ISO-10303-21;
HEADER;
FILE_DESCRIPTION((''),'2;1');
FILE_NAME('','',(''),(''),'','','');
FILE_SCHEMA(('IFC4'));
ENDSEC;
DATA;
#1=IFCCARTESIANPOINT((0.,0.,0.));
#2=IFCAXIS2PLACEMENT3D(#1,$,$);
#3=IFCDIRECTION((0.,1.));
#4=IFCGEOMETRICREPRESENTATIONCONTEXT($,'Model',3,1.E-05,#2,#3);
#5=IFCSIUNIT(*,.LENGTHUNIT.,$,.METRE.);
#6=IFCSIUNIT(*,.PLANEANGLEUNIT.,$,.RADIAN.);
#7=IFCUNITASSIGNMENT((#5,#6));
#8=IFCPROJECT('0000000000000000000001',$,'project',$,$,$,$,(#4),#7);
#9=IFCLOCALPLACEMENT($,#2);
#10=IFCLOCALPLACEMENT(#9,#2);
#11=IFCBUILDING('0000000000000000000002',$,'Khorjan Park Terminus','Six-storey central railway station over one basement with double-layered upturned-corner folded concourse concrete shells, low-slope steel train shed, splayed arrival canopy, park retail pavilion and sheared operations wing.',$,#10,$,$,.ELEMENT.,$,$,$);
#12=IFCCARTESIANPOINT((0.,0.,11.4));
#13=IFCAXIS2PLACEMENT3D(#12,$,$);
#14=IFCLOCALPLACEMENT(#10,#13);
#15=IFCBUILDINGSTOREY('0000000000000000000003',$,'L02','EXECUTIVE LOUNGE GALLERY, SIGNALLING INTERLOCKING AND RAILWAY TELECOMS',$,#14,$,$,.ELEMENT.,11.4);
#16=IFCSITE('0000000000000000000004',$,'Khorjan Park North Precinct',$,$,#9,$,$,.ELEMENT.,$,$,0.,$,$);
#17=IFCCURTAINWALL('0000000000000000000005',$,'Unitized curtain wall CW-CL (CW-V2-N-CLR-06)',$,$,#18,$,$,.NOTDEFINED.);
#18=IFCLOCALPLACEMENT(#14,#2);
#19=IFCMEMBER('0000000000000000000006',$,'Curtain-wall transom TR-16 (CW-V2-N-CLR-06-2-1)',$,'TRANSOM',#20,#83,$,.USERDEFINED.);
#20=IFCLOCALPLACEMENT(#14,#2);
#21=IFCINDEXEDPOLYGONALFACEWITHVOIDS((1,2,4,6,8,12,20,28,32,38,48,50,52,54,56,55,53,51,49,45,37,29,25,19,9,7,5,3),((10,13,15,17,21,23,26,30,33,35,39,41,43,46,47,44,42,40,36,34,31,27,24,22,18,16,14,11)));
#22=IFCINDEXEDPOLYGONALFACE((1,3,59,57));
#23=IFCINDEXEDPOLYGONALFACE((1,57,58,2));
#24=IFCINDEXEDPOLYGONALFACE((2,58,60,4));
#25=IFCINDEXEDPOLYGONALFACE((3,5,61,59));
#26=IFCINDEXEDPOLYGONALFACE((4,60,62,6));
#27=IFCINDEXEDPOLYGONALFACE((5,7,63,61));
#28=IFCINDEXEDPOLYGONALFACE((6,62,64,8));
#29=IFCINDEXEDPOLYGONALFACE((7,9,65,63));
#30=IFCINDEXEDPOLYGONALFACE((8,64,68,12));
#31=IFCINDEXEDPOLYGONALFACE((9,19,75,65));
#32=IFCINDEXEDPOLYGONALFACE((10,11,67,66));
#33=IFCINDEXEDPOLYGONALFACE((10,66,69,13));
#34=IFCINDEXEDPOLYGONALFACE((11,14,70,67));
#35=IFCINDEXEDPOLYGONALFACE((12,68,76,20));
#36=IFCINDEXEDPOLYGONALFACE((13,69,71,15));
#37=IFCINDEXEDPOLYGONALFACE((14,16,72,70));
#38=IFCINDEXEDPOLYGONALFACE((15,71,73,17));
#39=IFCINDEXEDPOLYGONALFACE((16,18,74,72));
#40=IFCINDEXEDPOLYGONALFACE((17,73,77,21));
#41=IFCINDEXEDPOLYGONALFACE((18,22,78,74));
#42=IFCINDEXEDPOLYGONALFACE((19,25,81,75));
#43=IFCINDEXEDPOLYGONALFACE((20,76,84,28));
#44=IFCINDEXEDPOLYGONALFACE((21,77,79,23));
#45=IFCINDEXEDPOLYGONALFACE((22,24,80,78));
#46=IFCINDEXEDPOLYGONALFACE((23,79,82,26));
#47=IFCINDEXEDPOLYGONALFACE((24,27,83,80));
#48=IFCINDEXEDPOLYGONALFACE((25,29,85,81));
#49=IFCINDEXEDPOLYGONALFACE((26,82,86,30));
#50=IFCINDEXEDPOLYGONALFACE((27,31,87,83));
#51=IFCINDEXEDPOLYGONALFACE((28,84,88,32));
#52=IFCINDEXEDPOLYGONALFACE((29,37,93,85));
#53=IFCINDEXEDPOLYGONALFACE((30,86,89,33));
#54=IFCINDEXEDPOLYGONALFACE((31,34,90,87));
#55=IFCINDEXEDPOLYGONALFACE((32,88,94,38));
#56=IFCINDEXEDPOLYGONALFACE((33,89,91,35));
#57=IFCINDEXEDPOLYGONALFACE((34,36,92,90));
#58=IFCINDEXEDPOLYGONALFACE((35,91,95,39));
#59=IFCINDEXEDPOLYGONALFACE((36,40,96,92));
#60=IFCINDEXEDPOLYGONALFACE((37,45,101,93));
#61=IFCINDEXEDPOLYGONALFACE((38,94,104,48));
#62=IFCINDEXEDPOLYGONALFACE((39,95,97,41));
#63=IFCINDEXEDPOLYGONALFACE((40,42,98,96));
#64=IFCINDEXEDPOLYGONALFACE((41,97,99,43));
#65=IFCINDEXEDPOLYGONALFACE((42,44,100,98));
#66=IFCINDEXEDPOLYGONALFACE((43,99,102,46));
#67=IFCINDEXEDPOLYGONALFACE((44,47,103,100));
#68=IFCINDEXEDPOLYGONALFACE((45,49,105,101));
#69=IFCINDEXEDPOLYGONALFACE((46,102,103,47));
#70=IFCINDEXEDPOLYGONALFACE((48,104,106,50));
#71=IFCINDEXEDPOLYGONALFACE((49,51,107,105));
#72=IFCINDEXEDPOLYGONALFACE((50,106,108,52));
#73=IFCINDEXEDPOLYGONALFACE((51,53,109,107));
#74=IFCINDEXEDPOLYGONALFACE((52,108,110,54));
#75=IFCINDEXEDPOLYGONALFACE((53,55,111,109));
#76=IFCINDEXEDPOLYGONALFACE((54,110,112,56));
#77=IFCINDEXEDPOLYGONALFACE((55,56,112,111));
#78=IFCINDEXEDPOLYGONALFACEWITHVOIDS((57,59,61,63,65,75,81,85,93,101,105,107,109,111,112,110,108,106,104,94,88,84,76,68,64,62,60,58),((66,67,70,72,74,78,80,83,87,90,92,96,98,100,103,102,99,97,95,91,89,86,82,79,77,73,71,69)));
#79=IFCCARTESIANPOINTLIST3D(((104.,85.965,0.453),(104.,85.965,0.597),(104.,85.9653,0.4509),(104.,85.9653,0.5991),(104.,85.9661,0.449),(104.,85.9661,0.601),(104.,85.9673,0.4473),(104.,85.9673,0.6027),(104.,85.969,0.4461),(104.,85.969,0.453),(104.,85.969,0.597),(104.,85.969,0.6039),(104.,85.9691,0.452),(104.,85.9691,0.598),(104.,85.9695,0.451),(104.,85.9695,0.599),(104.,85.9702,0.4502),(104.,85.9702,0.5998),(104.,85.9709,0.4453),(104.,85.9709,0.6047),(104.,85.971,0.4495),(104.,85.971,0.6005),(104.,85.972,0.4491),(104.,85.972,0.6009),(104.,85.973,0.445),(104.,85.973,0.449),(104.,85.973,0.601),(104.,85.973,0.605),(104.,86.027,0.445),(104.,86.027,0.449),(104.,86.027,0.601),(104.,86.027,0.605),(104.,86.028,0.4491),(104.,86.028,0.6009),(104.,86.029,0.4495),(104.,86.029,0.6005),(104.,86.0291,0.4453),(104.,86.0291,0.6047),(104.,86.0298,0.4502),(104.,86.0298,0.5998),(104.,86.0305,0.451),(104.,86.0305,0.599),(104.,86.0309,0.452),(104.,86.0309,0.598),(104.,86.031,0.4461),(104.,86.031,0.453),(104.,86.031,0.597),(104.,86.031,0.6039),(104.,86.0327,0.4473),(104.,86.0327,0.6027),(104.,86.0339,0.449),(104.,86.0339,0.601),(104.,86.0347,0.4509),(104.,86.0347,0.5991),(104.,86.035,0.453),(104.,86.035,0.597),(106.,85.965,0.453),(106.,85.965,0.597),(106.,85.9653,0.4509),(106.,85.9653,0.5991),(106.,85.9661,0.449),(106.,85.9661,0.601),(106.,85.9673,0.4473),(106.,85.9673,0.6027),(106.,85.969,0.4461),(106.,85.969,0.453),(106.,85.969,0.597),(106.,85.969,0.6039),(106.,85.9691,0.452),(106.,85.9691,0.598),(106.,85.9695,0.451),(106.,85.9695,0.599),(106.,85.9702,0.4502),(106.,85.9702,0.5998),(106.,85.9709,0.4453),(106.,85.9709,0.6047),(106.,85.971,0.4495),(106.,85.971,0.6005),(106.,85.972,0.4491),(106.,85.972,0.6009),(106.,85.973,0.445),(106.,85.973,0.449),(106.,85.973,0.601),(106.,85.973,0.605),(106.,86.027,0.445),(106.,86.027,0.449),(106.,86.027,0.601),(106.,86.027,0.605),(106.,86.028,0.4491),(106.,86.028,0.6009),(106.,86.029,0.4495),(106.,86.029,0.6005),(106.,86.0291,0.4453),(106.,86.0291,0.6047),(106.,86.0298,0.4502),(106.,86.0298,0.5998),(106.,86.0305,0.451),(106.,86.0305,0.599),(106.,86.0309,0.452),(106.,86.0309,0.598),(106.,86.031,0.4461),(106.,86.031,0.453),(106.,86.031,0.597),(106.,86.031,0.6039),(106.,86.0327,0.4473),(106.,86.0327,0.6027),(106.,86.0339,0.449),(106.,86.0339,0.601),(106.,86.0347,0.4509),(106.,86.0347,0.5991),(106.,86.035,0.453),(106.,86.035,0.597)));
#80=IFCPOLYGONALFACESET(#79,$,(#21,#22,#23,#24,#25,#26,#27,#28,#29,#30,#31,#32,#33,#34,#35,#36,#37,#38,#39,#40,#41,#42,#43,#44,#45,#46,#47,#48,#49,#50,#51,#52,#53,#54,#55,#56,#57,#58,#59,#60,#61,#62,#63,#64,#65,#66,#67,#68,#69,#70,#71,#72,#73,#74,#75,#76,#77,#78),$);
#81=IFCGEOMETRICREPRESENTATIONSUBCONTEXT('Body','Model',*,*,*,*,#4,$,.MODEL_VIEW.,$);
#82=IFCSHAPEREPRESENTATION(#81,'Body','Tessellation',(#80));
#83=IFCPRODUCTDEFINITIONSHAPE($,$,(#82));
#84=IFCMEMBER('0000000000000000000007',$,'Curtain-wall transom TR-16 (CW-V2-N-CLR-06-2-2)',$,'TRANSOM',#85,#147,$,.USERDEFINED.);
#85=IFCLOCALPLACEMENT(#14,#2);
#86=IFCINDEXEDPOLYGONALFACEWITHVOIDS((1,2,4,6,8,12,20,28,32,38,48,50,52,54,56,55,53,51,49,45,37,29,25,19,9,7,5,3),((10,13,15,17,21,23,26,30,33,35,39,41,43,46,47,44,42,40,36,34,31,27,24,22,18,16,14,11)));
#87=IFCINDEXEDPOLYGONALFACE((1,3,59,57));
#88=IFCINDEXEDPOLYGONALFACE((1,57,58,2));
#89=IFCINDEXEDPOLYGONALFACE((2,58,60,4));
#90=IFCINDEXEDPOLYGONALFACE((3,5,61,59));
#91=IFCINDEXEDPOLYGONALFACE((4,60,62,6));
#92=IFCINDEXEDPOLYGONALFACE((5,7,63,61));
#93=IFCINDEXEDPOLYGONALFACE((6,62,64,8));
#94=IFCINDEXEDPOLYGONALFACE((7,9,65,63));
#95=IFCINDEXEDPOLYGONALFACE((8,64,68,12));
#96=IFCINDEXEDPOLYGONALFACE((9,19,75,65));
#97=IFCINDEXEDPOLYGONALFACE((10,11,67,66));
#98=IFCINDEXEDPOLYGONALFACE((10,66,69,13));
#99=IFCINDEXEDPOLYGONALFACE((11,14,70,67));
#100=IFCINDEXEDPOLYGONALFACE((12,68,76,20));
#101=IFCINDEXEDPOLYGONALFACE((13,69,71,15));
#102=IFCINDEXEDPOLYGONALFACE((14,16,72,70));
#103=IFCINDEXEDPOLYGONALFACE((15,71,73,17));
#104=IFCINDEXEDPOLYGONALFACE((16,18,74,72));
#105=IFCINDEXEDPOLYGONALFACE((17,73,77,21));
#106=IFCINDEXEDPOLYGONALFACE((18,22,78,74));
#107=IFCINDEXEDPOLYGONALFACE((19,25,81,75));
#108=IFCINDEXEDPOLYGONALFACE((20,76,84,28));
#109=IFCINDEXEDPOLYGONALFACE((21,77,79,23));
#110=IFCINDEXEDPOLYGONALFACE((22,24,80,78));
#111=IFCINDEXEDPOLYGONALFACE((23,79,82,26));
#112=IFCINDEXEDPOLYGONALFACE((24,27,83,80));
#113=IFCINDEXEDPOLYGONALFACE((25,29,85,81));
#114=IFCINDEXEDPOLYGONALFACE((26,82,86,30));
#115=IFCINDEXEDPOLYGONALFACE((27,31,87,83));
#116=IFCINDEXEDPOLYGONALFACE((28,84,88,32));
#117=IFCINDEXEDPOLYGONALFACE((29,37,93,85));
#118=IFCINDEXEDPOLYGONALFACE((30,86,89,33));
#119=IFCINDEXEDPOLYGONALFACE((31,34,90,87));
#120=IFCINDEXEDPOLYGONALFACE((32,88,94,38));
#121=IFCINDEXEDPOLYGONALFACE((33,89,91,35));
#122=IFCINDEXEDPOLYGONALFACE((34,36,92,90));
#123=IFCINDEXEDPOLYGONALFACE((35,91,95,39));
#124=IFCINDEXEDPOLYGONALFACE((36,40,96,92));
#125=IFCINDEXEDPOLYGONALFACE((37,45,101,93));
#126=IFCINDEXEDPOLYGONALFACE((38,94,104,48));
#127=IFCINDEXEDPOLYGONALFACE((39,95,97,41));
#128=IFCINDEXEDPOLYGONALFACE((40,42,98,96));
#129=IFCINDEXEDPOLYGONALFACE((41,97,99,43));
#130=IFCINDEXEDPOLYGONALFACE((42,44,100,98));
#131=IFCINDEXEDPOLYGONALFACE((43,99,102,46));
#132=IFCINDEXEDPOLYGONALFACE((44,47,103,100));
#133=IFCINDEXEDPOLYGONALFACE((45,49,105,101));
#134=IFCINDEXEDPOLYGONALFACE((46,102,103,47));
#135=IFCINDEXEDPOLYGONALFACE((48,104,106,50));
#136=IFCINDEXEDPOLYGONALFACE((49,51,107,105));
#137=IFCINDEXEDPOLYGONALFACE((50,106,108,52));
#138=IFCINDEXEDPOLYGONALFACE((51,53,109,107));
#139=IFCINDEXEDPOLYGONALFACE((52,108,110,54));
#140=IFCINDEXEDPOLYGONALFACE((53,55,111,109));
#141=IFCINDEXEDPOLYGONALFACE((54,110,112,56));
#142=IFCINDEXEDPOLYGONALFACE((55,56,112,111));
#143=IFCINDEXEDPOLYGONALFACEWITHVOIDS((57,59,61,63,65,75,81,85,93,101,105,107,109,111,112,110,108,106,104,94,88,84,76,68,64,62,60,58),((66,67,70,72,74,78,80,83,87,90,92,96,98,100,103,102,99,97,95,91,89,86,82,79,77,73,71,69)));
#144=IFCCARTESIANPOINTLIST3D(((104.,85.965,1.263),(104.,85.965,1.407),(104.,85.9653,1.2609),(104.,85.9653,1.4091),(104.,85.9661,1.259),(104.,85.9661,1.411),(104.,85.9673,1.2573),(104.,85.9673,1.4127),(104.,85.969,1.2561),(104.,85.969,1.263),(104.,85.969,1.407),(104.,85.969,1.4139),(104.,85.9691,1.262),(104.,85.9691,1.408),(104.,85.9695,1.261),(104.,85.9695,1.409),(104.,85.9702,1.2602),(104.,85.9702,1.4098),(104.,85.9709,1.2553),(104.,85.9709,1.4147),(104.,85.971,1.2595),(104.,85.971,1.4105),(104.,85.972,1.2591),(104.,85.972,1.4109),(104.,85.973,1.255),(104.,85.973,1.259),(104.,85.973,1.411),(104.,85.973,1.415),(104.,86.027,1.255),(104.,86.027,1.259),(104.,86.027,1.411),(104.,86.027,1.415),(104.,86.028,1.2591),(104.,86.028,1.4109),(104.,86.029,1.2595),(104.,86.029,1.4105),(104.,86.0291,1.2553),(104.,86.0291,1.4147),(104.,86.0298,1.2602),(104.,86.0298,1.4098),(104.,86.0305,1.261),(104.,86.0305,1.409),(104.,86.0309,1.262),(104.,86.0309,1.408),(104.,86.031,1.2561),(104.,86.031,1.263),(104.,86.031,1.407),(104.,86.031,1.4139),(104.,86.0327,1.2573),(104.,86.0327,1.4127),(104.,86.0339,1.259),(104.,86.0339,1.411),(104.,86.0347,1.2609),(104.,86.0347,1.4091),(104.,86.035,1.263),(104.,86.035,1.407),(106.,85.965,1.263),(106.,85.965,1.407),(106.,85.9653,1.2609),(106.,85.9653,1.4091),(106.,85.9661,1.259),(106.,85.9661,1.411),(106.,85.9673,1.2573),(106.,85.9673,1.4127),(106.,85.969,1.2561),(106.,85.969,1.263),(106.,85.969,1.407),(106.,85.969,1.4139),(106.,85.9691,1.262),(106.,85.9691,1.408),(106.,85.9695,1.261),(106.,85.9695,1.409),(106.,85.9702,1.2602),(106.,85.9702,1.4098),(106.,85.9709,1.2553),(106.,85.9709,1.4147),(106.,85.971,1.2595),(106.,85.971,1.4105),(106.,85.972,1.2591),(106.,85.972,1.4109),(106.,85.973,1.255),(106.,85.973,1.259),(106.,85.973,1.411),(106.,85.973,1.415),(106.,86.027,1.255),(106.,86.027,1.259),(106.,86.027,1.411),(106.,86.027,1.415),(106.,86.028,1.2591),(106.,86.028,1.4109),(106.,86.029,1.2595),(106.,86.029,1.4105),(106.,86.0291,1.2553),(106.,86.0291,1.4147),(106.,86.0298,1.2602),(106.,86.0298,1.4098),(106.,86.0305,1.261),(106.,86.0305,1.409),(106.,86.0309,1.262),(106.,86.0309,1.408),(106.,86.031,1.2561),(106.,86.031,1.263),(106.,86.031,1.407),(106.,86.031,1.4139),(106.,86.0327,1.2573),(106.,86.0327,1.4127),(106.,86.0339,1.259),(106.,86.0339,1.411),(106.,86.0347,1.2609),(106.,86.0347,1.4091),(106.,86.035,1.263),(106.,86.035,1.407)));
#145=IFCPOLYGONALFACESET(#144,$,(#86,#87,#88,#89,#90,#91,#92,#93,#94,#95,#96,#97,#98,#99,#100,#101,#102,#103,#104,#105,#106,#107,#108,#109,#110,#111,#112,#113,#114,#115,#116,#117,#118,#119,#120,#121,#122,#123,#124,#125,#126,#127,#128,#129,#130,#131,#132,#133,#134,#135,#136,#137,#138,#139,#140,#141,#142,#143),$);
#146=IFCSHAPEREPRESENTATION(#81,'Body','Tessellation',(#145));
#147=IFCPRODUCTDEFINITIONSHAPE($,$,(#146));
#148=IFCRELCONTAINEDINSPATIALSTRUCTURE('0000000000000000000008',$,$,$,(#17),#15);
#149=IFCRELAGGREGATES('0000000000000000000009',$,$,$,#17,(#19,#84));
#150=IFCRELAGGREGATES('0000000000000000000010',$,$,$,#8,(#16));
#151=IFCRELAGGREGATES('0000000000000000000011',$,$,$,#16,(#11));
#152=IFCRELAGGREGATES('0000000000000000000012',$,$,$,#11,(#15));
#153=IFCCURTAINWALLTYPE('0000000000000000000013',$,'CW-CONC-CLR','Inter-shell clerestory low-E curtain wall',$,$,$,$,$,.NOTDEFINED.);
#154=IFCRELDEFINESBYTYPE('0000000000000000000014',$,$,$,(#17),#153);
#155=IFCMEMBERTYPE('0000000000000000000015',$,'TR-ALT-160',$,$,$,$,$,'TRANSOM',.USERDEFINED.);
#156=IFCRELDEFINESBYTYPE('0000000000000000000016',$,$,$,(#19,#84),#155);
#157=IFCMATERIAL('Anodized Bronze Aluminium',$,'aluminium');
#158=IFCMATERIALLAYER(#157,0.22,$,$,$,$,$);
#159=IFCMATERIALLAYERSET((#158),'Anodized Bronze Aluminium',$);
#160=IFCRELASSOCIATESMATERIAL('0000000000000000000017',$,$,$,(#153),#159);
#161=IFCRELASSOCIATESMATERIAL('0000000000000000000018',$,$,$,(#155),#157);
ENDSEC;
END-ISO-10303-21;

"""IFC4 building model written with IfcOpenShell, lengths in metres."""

from ifc_helpers import new_model, si_unit, direction, frame, origin, origin_2d, place, context, subcontext, project, spatial, hollow_rectangle, extrude, material, layer, layer_set, material_profile, profile_set, type_object, element, aggregate, save


model = new_model("IFC4")

# Units and contexts
model_context = context("Model", 3, precision=1e-05, world=origin(), true_north=direction((0.0, 1.0)))
body_context = subcontext(model_context, "Body", "Model", "MODEL_VIEW")
ifc_project = project(units=[si_unit("LENGTHUNIT", "METRE"), si_unit("PLANEANGLEUNIT", "RADIAN")], contexts=[model_context])

# Site, building, storey
site_placement = place(None, origin())
site = spatial("IfcSite", under=ifc_project, at=site_placement, Name="Khorjan Park North Precinct", CompositionType="ELEMENT", RefElevation=0.0)
building_placement = place(site_placement, origin())
building = spatial("IfcBuilding", under=site, at=building_placement, Name="Khorjan Park Terminus", Description="Six-storey central railway station over one basement with double-layered upturned-corner folded concourse concrete shells, low-slope steel train shed, splayed arrival canopy, park retail pavilion and sheared operations wing.", CompositionType="ELEMENT")
storey_placement = place(building_placement, frame((0.0, 0.0, 11.4)))
storey = spatial("IfcBuildingStorey", under=building, at=storey_placement, Name="L02", Description="EXECUTIVE LOUNGE GALLERY, SIGNALLING INTERLOCKING AND RAILWAY TELECOMS", CompositionType="ELEMENT", Elevation=11.4)

# Curtain wall, members
ifc_material_1 = material(Name="Anodized Bronze Aluminium", Category="aluminium")
ifc_layer_1 = layer(ifc_material_1, 0.22)
ifc_layer_set_1 = layer_set([ifc_layer_1], Name="Anodized Bronze Aluminium")
curtain_wall_type = type_object("IfcCurtainWallType", Name="CW-CONC-CLR", Description="Inter-shell clerestory low-E curtain wall", PredefinedType="NOTDEFINED", material=ifc_layer_set_1)
curtain_wall_placement = place(storey_placement, origin())
curtain_wall = element("IfcCurtainWall", 1, at=curtain_wall_placement, inside=storey, type_object=curtain_wall_type, Name="Unitized curtain wall CW-CL (CW-V2-N-CLR-06)", PredefinedType="NOTDEFINED")
ifc_material_profile_1 = material_profile(ifc_material_1, hollow_rectangle(XDim=0.07, YDim=0.16, WallThickness=0.004, InnerFilletRadius=0.004, OuterFilletRadius=0.008, at=origin_2d()), Name="ALT 70x160x4")
ifc_profile_set_1 = profile_set([ifc_material_profile_1], Name="Anodized Bronze Aluminium")
member_type_1 = type_object("IfcMemberType", Name="TR-ALT-160", ElementType="TRANSOM", PredefinedType="USERDEFINED", material=ifc_profile_set_1)
member_1_placement = place(storey_placement, frame((106.0, 86.0, 0.525), z_axis=(-1.0, 0.0, 0.0), x_axis=(0.0, -1.0, 0.0)))
member_1 = element("IfcMember", 2, at=member_1_placement, type_object=member_type_1, Name="Curtain-wall transom TR-16 (CW-V2-N-CLR-06-2-1)", ObjectType="TRANSOM", PredefinedType="USERDEFINED", context=body_context, shape_type="SweptSolid", body=[
    extrude(hollow_rectangle(XDim=0.07, YDim=0.16, WallThickness=0.004, InnerFilletRadius=0.004, OuterFilletRadius=0.008, at=origin_2d()), origin(), (0.0, 0.0, 1.0), 2.0),
])
member_2_placement = place(storey_placement, frame((106.0, 86.0, 1.335), z_axis=(-1.0, 0.0, 0.0), x_axis=(0.0, -1.0, 0.0)))
member_2 = element("IfcMember", 3, at=member_2_placement, type_object=member_type_1, Name="Curtain-wall transom TR-16 (CW-V2-N-CLR-06-2-2)", ObjectType="TRANSOM", PredefinedType="USERDEFINED", context=body_context, shape_type="SweptSolid", body=[
    extrude(hollow_rectangle(XDim=0.07, YDim=0.16, WallThickness=0.004, InnerFilletRadius=0.004, OuterFilletRadius=0.008, at=origin_2d()), origin(), (0.0, 0.0, 1.0), 2.0),
])

aggregate(curtain_wall, [member_1, member_2])

save(model, "model.ifc")
